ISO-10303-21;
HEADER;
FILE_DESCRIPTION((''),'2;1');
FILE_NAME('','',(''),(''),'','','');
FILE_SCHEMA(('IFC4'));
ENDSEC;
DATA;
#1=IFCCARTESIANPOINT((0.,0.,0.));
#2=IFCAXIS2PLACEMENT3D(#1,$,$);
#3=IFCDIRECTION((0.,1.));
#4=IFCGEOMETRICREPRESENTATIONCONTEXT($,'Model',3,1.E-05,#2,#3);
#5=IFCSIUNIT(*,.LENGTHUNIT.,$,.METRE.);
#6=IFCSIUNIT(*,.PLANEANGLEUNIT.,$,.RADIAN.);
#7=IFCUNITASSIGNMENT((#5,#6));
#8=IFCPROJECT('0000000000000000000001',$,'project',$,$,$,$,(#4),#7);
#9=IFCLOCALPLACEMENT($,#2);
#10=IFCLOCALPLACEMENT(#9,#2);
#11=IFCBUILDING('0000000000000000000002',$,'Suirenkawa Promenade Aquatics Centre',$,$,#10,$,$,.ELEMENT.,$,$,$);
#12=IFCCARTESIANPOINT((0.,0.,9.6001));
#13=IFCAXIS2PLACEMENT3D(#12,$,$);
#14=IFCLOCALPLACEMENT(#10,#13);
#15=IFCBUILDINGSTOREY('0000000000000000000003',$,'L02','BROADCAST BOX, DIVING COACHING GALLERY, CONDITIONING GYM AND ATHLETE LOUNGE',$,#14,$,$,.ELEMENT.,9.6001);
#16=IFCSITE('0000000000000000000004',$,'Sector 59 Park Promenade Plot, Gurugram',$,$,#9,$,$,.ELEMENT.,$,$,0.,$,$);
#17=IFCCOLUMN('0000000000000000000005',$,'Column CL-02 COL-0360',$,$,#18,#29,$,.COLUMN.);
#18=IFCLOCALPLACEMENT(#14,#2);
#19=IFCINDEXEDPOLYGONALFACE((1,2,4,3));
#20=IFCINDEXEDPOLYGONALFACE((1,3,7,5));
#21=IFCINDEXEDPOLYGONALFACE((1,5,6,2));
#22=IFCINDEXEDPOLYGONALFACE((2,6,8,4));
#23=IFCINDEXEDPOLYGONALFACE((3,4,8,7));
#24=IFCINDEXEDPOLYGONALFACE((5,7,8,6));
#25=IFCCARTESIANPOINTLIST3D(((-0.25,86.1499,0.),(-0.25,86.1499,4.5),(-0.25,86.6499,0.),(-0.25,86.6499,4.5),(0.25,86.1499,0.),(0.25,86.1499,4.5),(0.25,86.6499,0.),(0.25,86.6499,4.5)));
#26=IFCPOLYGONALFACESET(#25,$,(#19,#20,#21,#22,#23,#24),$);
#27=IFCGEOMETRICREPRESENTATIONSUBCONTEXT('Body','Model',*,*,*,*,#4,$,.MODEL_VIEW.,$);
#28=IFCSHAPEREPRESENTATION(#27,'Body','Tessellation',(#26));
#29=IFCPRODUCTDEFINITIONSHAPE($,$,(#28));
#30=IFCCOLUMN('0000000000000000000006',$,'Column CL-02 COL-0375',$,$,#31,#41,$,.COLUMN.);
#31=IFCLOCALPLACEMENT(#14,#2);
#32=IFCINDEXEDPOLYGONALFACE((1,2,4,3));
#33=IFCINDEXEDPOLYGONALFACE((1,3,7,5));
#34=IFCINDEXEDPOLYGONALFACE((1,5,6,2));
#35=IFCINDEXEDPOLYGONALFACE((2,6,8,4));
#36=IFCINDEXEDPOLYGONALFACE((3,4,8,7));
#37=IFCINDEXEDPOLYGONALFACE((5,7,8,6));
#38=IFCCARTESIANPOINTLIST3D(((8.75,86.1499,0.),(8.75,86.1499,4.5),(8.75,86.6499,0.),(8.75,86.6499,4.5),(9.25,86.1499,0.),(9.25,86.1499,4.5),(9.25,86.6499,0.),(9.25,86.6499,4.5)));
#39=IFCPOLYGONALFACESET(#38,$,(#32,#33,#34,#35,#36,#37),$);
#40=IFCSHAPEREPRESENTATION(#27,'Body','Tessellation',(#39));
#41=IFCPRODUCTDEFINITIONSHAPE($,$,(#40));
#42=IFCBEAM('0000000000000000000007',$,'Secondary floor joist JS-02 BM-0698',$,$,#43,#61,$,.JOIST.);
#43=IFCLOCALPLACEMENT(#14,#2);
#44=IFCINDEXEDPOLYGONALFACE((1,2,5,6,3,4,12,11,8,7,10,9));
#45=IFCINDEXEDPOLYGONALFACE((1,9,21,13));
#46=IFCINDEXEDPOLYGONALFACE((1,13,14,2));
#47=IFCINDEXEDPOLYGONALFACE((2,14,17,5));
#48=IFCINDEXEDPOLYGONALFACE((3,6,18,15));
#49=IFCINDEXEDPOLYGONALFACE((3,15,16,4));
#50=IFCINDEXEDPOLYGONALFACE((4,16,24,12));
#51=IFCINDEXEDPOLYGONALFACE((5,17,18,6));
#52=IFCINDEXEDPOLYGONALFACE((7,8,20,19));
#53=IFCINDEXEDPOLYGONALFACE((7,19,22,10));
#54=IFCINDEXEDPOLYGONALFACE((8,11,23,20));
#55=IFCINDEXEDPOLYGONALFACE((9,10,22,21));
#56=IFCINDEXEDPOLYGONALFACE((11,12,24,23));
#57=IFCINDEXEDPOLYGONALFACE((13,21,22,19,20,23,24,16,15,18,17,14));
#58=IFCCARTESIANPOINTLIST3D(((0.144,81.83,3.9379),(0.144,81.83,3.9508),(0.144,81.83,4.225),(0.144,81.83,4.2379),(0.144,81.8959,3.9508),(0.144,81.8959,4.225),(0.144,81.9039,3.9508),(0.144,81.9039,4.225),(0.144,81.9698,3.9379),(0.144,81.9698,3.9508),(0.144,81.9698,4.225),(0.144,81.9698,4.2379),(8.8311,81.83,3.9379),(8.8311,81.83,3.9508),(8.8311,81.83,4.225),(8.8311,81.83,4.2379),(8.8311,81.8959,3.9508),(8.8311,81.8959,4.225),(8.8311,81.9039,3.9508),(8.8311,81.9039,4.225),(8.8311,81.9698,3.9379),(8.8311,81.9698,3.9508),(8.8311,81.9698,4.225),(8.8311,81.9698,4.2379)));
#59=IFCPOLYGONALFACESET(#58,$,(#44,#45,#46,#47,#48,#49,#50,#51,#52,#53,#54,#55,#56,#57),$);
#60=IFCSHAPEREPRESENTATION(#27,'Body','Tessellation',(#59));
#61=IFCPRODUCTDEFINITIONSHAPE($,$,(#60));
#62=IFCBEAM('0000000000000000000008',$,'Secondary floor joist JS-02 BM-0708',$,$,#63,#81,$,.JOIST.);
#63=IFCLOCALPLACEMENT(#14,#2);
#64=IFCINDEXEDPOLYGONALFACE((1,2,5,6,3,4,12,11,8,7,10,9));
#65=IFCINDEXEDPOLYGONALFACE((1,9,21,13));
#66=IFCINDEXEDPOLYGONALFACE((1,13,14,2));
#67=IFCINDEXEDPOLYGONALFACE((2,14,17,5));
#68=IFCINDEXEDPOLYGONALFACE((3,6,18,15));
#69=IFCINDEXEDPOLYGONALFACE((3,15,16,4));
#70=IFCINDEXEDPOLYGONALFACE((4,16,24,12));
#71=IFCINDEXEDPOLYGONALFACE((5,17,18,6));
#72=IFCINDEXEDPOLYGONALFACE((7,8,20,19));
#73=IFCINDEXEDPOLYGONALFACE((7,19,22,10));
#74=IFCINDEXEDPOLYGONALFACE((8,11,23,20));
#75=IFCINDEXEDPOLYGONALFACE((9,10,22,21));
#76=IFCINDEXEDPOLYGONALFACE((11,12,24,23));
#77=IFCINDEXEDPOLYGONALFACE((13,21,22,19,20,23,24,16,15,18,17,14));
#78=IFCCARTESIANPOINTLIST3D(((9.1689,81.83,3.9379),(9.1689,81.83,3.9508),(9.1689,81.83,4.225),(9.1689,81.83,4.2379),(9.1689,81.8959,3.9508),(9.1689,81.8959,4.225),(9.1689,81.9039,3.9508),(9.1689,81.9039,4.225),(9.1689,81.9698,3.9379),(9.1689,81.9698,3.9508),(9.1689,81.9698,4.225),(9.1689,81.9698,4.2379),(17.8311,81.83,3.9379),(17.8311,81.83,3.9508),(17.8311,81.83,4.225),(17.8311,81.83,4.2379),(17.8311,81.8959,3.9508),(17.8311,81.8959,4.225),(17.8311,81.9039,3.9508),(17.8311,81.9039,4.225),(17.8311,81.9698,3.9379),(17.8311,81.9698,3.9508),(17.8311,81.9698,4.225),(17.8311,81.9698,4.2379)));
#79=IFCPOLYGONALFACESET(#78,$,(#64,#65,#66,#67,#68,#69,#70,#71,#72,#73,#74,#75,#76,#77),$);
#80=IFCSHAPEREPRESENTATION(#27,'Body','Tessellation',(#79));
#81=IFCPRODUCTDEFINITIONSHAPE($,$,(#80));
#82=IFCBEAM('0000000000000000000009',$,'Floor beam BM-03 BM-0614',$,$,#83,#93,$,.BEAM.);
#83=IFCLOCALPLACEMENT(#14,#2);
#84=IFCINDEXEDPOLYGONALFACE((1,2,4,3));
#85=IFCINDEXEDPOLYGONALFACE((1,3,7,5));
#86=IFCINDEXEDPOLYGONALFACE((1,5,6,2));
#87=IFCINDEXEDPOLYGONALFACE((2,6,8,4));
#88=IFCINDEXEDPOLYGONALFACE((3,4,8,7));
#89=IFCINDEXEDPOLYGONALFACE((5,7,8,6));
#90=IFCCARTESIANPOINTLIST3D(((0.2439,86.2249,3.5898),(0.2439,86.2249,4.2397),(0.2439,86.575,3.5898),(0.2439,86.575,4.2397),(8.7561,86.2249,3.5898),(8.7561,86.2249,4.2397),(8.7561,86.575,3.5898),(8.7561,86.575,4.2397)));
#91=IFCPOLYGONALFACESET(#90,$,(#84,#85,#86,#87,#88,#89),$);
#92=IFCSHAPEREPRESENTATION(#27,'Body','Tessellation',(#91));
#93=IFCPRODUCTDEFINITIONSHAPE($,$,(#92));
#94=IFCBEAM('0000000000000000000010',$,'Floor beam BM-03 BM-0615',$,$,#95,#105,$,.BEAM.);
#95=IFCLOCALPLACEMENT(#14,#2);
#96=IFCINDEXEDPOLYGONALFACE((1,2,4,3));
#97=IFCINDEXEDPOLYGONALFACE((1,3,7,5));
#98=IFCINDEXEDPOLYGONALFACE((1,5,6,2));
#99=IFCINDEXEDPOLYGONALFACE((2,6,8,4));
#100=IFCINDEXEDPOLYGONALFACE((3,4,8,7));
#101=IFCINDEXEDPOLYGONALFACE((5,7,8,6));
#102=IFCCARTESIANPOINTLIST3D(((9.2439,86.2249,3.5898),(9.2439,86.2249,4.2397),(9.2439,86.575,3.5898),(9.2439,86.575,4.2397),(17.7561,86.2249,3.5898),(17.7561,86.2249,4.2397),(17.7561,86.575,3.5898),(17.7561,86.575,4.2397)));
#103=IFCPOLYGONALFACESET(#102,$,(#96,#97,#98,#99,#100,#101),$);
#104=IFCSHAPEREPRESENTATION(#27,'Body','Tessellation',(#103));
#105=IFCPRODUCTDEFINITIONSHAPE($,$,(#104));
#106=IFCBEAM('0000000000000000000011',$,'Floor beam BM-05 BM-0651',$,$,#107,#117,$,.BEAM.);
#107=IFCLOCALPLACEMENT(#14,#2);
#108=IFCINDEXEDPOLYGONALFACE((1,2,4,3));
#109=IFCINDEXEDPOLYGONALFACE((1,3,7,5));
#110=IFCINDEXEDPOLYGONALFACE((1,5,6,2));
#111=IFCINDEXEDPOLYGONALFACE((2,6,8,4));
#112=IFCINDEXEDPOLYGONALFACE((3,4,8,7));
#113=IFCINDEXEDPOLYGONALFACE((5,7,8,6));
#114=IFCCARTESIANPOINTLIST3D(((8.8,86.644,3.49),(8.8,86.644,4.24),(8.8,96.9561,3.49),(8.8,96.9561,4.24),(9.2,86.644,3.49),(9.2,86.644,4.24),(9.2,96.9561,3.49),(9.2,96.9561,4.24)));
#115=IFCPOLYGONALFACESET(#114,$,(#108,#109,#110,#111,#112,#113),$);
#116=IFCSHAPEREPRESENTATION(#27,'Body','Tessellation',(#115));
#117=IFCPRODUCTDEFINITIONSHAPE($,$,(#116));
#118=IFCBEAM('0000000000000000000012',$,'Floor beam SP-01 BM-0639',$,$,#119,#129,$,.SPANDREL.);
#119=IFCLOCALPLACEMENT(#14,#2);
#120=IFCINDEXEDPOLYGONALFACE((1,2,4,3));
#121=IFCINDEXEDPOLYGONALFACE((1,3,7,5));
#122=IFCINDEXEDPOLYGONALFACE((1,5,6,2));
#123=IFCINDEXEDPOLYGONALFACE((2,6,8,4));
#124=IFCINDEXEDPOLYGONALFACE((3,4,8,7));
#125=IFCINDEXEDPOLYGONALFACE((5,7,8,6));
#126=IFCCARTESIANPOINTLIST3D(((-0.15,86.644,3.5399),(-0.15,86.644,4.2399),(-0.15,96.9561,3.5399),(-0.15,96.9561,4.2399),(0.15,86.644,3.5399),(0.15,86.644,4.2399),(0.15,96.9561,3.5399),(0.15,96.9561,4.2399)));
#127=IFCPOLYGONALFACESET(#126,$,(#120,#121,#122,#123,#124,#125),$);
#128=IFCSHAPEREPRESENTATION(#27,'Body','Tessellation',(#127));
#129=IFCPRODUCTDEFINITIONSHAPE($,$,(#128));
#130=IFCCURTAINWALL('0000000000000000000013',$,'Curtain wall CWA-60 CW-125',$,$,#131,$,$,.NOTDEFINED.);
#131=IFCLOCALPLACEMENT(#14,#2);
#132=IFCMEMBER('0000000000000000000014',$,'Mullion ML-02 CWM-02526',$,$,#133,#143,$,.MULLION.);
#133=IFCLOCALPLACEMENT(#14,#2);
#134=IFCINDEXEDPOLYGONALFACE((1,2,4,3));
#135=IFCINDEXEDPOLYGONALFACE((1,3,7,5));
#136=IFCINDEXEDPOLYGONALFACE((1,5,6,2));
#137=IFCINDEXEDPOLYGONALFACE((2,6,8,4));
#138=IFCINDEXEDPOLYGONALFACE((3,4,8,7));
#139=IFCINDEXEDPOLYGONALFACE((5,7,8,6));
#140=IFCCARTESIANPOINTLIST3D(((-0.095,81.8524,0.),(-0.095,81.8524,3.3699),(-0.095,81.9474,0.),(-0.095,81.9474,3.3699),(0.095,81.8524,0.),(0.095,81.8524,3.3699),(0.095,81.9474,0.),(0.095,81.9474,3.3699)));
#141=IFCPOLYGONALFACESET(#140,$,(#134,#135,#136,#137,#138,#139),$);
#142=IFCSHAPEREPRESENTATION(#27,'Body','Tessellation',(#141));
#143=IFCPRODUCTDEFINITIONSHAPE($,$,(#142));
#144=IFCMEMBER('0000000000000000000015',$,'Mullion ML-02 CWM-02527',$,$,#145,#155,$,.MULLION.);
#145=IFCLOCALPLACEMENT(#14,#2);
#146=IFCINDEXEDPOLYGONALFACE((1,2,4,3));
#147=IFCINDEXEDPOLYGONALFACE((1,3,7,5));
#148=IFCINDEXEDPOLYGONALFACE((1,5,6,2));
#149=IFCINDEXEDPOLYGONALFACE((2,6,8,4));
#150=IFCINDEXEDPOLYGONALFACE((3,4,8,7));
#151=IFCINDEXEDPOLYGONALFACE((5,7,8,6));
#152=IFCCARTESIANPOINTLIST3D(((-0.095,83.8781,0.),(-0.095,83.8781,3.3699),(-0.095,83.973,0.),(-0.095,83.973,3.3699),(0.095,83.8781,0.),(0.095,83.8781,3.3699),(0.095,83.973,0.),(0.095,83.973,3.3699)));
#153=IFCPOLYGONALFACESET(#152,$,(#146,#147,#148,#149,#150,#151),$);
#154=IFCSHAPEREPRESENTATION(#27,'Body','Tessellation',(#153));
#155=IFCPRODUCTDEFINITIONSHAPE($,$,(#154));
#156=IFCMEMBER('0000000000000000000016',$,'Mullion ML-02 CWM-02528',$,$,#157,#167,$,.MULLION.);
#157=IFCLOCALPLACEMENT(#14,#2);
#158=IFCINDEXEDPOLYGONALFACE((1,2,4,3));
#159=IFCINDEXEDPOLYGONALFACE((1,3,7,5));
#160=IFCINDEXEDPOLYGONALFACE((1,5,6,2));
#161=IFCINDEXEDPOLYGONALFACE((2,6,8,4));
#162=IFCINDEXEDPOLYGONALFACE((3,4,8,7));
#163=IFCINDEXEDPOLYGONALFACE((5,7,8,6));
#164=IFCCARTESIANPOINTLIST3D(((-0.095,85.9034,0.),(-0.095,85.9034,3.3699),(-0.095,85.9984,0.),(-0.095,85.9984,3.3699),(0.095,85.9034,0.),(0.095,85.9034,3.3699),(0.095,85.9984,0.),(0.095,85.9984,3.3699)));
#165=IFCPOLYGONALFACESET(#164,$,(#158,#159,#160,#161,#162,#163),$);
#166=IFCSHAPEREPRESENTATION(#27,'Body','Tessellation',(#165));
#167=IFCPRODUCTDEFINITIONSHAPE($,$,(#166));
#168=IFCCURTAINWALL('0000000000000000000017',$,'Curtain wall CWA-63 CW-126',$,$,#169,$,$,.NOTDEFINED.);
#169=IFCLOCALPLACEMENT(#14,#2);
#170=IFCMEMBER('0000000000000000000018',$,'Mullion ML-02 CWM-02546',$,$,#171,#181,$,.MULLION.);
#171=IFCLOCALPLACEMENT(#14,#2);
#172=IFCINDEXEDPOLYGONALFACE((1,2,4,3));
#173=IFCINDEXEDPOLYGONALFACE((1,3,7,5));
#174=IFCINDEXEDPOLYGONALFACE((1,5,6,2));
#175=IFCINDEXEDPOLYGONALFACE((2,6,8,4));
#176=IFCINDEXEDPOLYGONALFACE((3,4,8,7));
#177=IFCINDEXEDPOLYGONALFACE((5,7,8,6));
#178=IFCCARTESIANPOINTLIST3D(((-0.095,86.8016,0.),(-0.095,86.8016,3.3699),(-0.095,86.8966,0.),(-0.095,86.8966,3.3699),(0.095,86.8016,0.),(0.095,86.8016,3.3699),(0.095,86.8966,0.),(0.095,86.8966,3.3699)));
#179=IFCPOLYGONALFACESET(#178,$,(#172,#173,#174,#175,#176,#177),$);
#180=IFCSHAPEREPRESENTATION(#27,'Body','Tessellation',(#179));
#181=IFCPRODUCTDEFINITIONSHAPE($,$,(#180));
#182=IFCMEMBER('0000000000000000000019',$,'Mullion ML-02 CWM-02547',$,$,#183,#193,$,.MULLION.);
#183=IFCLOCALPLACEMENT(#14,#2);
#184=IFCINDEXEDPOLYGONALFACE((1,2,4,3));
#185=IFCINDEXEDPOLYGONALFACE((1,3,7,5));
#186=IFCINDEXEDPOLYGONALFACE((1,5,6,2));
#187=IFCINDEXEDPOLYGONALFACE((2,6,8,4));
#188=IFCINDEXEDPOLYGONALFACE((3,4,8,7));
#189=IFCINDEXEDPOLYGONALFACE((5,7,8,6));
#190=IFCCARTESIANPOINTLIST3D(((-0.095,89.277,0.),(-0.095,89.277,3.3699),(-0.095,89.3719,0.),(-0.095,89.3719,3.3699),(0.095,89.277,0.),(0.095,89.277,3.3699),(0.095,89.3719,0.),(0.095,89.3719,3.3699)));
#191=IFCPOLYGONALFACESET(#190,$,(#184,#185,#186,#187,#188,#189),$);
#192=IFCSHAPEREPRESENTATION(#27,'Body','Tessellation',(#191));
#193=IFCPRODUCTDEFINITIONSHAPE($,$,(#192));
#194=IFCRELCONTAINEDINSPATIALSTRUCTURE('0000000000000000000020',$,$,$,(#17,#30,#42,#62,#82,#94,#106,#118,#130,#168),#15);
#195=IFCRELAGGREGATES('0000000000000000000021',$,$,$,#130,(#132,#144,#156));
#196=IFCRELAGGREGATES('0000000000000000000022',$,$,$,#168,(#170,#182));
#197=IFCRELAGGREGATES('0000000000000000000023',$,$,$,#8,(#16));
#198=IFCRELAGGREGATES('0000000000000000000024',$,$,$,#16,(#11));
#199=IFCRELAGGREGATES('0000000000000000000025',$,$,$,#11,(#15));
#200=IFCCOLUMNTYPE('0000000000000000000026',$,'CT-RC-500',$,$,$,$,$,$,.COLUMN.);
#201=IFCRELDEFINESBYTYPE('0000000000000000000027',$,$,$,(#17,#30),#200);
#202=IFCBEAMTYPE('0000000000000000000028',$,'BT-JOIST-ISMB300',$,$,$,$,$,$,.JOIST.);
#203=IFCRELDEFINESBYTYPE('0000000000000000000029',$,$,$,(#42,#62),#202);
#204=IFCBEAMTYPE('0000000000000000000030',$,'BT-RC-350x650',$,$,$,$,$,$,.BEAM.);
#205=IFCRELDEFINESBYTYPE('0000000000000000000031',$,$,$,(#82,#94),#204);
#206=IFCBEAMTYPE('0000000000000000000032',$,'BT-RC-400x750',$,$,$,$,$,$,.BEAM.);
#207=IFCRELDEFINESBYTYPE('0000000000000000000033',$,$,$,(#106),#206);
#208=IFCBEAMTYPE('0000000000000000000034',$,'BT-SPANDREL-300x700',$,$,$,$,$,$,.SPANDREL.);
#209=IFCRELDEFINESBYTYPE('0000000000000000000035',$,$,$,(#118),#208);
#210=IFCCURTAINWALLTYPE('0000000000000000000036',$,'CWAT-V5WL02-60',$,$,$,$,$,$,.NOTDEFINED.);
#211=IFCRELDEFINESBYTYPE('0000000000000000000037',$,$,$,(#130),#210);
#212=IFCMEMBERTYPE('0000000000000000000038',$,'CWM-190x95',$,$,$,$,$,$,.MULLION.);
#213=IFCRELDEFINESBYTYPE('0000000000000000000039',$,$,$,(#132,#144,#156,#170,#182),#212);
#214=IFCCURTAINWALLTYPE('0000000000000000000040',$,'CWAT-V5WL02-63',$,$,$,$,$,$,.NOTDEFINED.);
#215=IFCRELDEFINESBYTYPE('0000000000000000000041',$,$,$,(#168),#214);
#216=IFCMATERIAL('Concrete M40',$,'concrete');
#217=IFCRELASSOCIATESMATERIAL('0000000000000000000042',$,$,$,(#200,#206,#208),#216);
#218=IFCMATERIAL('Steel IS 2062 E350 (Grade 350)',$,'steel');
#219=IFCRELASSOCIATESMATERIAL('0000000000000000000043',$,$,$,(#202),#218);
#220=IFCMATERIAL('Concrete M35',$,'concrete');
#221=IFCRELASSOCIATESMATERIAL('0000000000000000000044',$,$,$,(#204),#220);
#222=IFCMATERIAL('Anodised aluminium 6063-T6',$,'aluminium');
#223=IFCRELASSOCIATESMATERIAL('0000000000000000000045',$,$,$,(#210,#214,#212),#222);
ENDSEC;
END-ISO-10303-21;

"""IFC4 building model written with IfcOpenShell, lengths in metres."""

from ifc_helpers import new_model, si_unit, direction, frame, origin, origin_2d, place, context, subcontext, project, spatial, rectangle, i_section, extrude, material, material_profile, profile_set, type_object, element, aggregate, save


model = new_model("IFC4")

# Units and contexts
model_context = context("Model", 3, precision=1e-05, world=origin(), true_north=direction((0.0, 1.0)))
body_context = subcontext(model_context, "Body", "Model", "MODEL_VIEW")
ifc_project = project(units=[si_unit("LENGTHUNIT", "METRE"), si_unit("PLANEANGLEUNIT", "RADIAN")], contexts=[model_context])

# Site, building, storey
site_placement = place(None, origin())
site = spatial("IfcSite", under=ifc_project, at=site_placement, Name="Sector 59 Park Promenade Plot, Gurugram", CompositionType="ELEMENT", RefElevation=0.0)
building_placement = place(site_placement, origin())
building = spatial("IfcBuilding", under=site, at=building_placement, Name="Suirenkawa Promenade Aquatics Centre", CompositionType="ELEMENT")
storey_placement = place(building_placement, frame((0.0, 0.0, 9.6001)))
storey = spatial("IfcBuildingStorey", under=building, at=storey_placement, Name="L02", Description="BROADCAST BOX, DIVING COACHING GALLERY, CONDITIONING GYM AND ATHLETE LOUNGE", CompositionType="ELEMENT", Elevation=9.6001)

# Columns
ifc_material_1 = material(Name="Concrete M40", Category="concrete")
ifc_material_profile_1 = material_profile(ifc_material_1, rectangle(XDim=0.5, YDim=0.5, at=origin_2d()), Name="RC COL 500x500", Category="concrete")
ifc_profile_set_1 = profile_set([ifc_material_profile_1], Name="Concrete M40")
column_type = type_object("IfcColumnType", Name="CT-RC-500", PredefinedType="COLUMN", material=ifc_profile_set_1)
for number, where, z_axis, x_axis, name in (
    (1, (0.0, 86.3999, 0.0), (0.0, 0.0, 1.0), (1.0, 0.0, 0.0), "Column CL-02 COL-0360"),
    (2, (9.0, 86.3999, 0.0), (0.0, 0.0, 1.0), (1.0, 0.0, 0.0), "Column CL-02 COL-0375"),
):
    element("IfcColumn", number, at=place(storey_placement, frame(where, z_axis=z_axis, x_axis=x_axis)), inside=storey, type_object=column_type, Name=name, PredefinedType="COLUMN", context=body_context, shape_type="SweptSolid", body=[
        extrude(rectangle(XDim=0.5, YDim=0.5, at=origin_2d()), origin(), (0.0, 0.0, 1.0), 4.5),
    ])

# Beams
ifc_material_2 = material(Name="Steel IS 2062 E350 (Grade 350)", Category="steel")
ifc_material_profile_2 = material_profile(ifc_material_2, i_section(OverallWidth=0.1399, OverallDepth=0.3, WebThickness=0.0081, FlangeThickness=0.0129, at=origin_2d()), Name="ISMB 300", Category="steel")
ifc_profile_set_2 = profile_set([ifc_material_profile_2], Name="Steel IS 2062 E350 (Grade 350)")
beam_type_1 = type_object("IfcBeamType", Name="BT-JOIST-ISMB300", PredefinedType="JOIST", material=ifc_profile_set_2)
beam_1_placement = place(storey_placement, frame((0.144, 81.8999, 4.0879), z_axis=(1.0, 0.0, 0.0), x_axis=(0.0, 1.0, 0.0)))
element("IfcBeam", 3, at=beam_1_placement, inside=storey, type_object=beam_type_1, Name="Secondary floor joist JS-02 BM-0698", PredefinedType="JOIST", context=body_context, shape_type="SweptSolid", body=[
    extrude(i_section(OverallWidth=0.1399, OverallDepth=0.3, WebThickness=0.0081, FlangeThickness=0.0129, at=origin_2d()), origin(), (0.0, 0.0, 1.0), 8.687),
])
beam_2_placement = place(storey_placement, frame((9.1689, 81.8999, 4.0879), z_axis=(1.0, 0.0, 0.0), x_axis=(0.0, 1.0, 0.0)))
element("IfcBeam", 4, at=beam_2_placement, inside=storey, type_object=beam_type_1, Name="Secondary floor joist JS-02 BM-0708", PredefinedType="JOIST", context=body_context, shape_type="SweptSolid", body=[
    extrude(i_section(OverallWidth=0.1399, OverallDepth=0.3, WebThickness=0.0081, FlangeThickness=0.0129, at=origin_2d()), origin(), (0.0, 0.0, 1.0), 8.6621),
])
ifc_material_3 = material(Name="Concrete M35", Category="concrete")
ifc_material_profile_3 = material_profile(ifc_material_3, rectangle(XDim=0.3501, YDim=0.6499, at=origin_2d()), Name="RC BM 350x650", Category="concrete")
ifc_profile_set_3 = profile_set([ifc_material_profile_3], Name="Concrete M35")
beam_type_2 = type_object("IfcBeamType", Name="BT-RC-350x650", PredefinedType="BEAM", material=ifc_profile_set_3)
for number, where, z_axis, x_axis, name in (
    (5, (0.2439, 86.3999, 3.9148), (1.0, 0.0, 0.0), (0.0, 1.0, 0.0), "Floor beam BM-03 BM-0614"),
    (6, (9.2439, 86.3999, 3.9148), (1.0, 0.0, 0.0), (0.0, 1.0, 0.0), "Floor beam BM-03 BM-0615"),
):
    element("IfcBeam", number, at=place(storey_placement, frame(where, z_axis=z_axis, x_axis=x_axis)), inside=storey, type_object=beam_type_2, Name=name, PredefinedType="BEAM", context=body_context, shape_type="SweptSolid", body=[
        extrude(rectangle(XDim=0.3501, YDim=0.6499, at=origin_2d()), origin(), (0.0, 0.0, 1.0), 8.5122),
    ])
ifc_material_profile_4 = material_profile(ifc_material_1, rectangle(XDim=0.3999, YDim=0.75, at=origin_2d()), Name="RC BM 400x750", Category="concrete")
ifc_profile_set_4 = profile_set([ifc_material_profile_4], Name="Concrete M40")
beam_type_3 = type_object("IfcBeamType", Name="BT-RC-400x750", PredefinedType="BEAM", material=ifc_profile_set_4)
beam_3_placement = place(storey_placement, frame((9.0, 86.644, 3.865), z_axis=(0.0, 1.0, 0.0), x_axis=(-1.0, 0.0, 0.0)))
element("IfcBeam", 7, at=beam_3_placement, inside=storey, type_object=beam_type_3, Name="Floor beam BM-05 BM-0651", PredefinedType="BEAM", context=body_context, shape_type="SweptSolid", body=[
    extrude(rectangle(XDim=0.3999, YDim=0.75, at=origin_2d()), origin(), (0.0, 0.0, 1.0), 10.312),
])
ifc_material_profile_5 = material_profile(ifc_material_1, rectangle(XDim=0.3, YDim=0.7, at=origin_2d()), Name="RC SPANDREL 300x700", Category="concrete")
ifc_profile_set_5 = profile_set([ifc_material_profile_5], Name="Concrete M40")
beam_type_4 = type_object("IfcBeamType", Name="BT-SPANDREL-300x700", PredefinedType="SPANDREL", material=ifc_profile_set_5)
beam_4_placement = place(storey_placement, frame((0.0, 86.644, 3.8899), z_axis=(0.0, 1.0, 0.0), x_axis=(-1.0, 0.0, 0.0)))
element("IfcBeam", 8, at=beam_4_placement, inside=storey, type_object=beam_type_4, Name="Floor beam SP-01 BM-0639", PredefinedType="SPANDREL", context=body_context, shape_type="SweptSolid", body=[
    extrude(rectangle(XDim=0.3, YDim=0.7, at=origin_2d()), origin(), (0.0, 0.0, 1.0), 10.312),
])

# Curtain walls, members
ifc_material_4 = material(Name="Anodised aluminium 6063-T6", Category="aluminium")
curtain_wall_type_1 = type_object("IfcCurtainWallType", Name="CWAT-V5WL02-60", PredefinedType="NOTDEFINED", material=ifc_material_4)
curtain_wall_1_placement = place(storey_placement, origin())
curtain_wall_1 = element("IfcCurtainWall", 9, at=curtain_wall_1_placement, inside=storey, type_object=curtain_wall_type_1, Name="Curtain wall CWA-60 CW-125", PredefinedType="NOTDEFINED")
ifc_material_profile_6 = material_profile(ifc_material_4, rectangle(XDim=0.095, YDim=0.1899, at=origin_2d()), Name="ALU MULL 95x190", Category="aluminium")
ifc_profile_set_6 = profile_set([ifc_material_profile_6], Name="Anodised aluminium 6063-T6")
member_type_1 = type_object("IfcMemberType", Name="CWM-190x95", PredefinedType="MULLION", material=ifc_profile_set_6)
member_1_placement = place(storey_placement, frame((0.0, 81.8999, 0.0), z_axis=(0.0, 0.0, 1.0), x_axis=(0.0, 1.0, 0.0)))
member_1 = element("IfcMember", 10, at=member_1_placement, type_object=member_type_1, Name="Mullion ML-02 CWM-02526", PredefinedType="MULLION", context=body_context, shape_type="SweptSolid", body=[
    extrude(rectangle(XDim=0.095, YDim=0.1899, at=origin_2d()), origin(), (0.0, 0.0, 1.0), 3.3699),
])
member_2_placement = place(storey_placement, frame((0.0, 83.9255, 0.0), z_axis=(0.0, 0.0, 1.0), x_axis=(0.0, 1.0, 0.0)))
member_2 = element("IfcMember", 11, at=member_2_placement, type_object=member_type_1, Name="Mullion ML-02 CWM-02527", PredefinedType="MULLION", context=body_context, shape_type="SweptSolid", body=[
    extrude(rectangle(XDim=0.095, YDim=0.1899, at=origin_2d()), origin(), (0.0, 0.0, 1.0), 3.3699),
])
member_3_placement = place(storey_placement, frame((0.0, 85.9509, 0.0), z_axis=(0.0, 0.0, 1.0), x_axis=(0.0, 1.0, 0.0)))
member_3 = element("IfcMember", 12, at=member_3_placement, type_object=member_type_1, Name="Mullion ML-02 CWM-02528", PredefinedType="MULLION", context=body_context, shape_type="SweptSolid", body=[
    extrude(rectangle(XDim=0.095, YDim=0.1899, at=origin_2d()), origin(), (0.0, 0.0, 1.0), 3.3699),
])
curtain_wall_type_2 = type_object("IfcCurtainWallType", Name="CWAT-V5WL02-63", PredefinedType="NOTDEFINED", material=ifc_material_4)
curtain_wall_2_placement = place(storey_placement, origin())
curtain_wall_2 = element("IfcCurtainWall", 13, at=curtain_wall_2_placement, inside=storey, type_object=curtain_wall_type_2, Name="Curtain wall CWA-63 CW-126", PredefinedType="NOTDEFINED")
member_4_placement = place(storey_placement, frame((0.0, 86.8491, 0.0), z_axis=(0.0, 0.0, 1.0), x_axis=(0.0, 1.0, 0.0)))
member_4 = element("IfcMember", 14, at=member_4_placement, type_object=member_type_1, Name="Mullion ML-02 CWM-02546", PredefinedType="MULLION", context=body_context, shape_type="SweptSolid", body=[
    extrude(rectangle(XDim=0.095, YDim=0.1899, at=origin_2d()), origin(), (0.0, 0.0, 1.0), 3.3699),
])
member_5_placement = place(storey_placement, frame((0.0, 89.3245, 0.0), z_axis=(0.0, 0.0, 1.0), x_axis=(0.0, 1.0, 0.0)))
member_5 = element("IfcMember", 15, at=member_5_placement, type_object=member_type_1, Name="Mullion ML-02 CWM-02547", PredefinedType="MULLION", context=body_context, shape_type="SweptSolid", body=[
    extrude(rectangle(XDim=0.095, YDim=0.1899, at=origin_2d()), origin(), (0.0, 0.0, 1.0), 3.3699),
])

aggregate(curtain_wall_1, [member_1, member_2, member_3])
aggregate(curtain_wall_2, [member_4, member_5])

save(model, "model.ifc")
